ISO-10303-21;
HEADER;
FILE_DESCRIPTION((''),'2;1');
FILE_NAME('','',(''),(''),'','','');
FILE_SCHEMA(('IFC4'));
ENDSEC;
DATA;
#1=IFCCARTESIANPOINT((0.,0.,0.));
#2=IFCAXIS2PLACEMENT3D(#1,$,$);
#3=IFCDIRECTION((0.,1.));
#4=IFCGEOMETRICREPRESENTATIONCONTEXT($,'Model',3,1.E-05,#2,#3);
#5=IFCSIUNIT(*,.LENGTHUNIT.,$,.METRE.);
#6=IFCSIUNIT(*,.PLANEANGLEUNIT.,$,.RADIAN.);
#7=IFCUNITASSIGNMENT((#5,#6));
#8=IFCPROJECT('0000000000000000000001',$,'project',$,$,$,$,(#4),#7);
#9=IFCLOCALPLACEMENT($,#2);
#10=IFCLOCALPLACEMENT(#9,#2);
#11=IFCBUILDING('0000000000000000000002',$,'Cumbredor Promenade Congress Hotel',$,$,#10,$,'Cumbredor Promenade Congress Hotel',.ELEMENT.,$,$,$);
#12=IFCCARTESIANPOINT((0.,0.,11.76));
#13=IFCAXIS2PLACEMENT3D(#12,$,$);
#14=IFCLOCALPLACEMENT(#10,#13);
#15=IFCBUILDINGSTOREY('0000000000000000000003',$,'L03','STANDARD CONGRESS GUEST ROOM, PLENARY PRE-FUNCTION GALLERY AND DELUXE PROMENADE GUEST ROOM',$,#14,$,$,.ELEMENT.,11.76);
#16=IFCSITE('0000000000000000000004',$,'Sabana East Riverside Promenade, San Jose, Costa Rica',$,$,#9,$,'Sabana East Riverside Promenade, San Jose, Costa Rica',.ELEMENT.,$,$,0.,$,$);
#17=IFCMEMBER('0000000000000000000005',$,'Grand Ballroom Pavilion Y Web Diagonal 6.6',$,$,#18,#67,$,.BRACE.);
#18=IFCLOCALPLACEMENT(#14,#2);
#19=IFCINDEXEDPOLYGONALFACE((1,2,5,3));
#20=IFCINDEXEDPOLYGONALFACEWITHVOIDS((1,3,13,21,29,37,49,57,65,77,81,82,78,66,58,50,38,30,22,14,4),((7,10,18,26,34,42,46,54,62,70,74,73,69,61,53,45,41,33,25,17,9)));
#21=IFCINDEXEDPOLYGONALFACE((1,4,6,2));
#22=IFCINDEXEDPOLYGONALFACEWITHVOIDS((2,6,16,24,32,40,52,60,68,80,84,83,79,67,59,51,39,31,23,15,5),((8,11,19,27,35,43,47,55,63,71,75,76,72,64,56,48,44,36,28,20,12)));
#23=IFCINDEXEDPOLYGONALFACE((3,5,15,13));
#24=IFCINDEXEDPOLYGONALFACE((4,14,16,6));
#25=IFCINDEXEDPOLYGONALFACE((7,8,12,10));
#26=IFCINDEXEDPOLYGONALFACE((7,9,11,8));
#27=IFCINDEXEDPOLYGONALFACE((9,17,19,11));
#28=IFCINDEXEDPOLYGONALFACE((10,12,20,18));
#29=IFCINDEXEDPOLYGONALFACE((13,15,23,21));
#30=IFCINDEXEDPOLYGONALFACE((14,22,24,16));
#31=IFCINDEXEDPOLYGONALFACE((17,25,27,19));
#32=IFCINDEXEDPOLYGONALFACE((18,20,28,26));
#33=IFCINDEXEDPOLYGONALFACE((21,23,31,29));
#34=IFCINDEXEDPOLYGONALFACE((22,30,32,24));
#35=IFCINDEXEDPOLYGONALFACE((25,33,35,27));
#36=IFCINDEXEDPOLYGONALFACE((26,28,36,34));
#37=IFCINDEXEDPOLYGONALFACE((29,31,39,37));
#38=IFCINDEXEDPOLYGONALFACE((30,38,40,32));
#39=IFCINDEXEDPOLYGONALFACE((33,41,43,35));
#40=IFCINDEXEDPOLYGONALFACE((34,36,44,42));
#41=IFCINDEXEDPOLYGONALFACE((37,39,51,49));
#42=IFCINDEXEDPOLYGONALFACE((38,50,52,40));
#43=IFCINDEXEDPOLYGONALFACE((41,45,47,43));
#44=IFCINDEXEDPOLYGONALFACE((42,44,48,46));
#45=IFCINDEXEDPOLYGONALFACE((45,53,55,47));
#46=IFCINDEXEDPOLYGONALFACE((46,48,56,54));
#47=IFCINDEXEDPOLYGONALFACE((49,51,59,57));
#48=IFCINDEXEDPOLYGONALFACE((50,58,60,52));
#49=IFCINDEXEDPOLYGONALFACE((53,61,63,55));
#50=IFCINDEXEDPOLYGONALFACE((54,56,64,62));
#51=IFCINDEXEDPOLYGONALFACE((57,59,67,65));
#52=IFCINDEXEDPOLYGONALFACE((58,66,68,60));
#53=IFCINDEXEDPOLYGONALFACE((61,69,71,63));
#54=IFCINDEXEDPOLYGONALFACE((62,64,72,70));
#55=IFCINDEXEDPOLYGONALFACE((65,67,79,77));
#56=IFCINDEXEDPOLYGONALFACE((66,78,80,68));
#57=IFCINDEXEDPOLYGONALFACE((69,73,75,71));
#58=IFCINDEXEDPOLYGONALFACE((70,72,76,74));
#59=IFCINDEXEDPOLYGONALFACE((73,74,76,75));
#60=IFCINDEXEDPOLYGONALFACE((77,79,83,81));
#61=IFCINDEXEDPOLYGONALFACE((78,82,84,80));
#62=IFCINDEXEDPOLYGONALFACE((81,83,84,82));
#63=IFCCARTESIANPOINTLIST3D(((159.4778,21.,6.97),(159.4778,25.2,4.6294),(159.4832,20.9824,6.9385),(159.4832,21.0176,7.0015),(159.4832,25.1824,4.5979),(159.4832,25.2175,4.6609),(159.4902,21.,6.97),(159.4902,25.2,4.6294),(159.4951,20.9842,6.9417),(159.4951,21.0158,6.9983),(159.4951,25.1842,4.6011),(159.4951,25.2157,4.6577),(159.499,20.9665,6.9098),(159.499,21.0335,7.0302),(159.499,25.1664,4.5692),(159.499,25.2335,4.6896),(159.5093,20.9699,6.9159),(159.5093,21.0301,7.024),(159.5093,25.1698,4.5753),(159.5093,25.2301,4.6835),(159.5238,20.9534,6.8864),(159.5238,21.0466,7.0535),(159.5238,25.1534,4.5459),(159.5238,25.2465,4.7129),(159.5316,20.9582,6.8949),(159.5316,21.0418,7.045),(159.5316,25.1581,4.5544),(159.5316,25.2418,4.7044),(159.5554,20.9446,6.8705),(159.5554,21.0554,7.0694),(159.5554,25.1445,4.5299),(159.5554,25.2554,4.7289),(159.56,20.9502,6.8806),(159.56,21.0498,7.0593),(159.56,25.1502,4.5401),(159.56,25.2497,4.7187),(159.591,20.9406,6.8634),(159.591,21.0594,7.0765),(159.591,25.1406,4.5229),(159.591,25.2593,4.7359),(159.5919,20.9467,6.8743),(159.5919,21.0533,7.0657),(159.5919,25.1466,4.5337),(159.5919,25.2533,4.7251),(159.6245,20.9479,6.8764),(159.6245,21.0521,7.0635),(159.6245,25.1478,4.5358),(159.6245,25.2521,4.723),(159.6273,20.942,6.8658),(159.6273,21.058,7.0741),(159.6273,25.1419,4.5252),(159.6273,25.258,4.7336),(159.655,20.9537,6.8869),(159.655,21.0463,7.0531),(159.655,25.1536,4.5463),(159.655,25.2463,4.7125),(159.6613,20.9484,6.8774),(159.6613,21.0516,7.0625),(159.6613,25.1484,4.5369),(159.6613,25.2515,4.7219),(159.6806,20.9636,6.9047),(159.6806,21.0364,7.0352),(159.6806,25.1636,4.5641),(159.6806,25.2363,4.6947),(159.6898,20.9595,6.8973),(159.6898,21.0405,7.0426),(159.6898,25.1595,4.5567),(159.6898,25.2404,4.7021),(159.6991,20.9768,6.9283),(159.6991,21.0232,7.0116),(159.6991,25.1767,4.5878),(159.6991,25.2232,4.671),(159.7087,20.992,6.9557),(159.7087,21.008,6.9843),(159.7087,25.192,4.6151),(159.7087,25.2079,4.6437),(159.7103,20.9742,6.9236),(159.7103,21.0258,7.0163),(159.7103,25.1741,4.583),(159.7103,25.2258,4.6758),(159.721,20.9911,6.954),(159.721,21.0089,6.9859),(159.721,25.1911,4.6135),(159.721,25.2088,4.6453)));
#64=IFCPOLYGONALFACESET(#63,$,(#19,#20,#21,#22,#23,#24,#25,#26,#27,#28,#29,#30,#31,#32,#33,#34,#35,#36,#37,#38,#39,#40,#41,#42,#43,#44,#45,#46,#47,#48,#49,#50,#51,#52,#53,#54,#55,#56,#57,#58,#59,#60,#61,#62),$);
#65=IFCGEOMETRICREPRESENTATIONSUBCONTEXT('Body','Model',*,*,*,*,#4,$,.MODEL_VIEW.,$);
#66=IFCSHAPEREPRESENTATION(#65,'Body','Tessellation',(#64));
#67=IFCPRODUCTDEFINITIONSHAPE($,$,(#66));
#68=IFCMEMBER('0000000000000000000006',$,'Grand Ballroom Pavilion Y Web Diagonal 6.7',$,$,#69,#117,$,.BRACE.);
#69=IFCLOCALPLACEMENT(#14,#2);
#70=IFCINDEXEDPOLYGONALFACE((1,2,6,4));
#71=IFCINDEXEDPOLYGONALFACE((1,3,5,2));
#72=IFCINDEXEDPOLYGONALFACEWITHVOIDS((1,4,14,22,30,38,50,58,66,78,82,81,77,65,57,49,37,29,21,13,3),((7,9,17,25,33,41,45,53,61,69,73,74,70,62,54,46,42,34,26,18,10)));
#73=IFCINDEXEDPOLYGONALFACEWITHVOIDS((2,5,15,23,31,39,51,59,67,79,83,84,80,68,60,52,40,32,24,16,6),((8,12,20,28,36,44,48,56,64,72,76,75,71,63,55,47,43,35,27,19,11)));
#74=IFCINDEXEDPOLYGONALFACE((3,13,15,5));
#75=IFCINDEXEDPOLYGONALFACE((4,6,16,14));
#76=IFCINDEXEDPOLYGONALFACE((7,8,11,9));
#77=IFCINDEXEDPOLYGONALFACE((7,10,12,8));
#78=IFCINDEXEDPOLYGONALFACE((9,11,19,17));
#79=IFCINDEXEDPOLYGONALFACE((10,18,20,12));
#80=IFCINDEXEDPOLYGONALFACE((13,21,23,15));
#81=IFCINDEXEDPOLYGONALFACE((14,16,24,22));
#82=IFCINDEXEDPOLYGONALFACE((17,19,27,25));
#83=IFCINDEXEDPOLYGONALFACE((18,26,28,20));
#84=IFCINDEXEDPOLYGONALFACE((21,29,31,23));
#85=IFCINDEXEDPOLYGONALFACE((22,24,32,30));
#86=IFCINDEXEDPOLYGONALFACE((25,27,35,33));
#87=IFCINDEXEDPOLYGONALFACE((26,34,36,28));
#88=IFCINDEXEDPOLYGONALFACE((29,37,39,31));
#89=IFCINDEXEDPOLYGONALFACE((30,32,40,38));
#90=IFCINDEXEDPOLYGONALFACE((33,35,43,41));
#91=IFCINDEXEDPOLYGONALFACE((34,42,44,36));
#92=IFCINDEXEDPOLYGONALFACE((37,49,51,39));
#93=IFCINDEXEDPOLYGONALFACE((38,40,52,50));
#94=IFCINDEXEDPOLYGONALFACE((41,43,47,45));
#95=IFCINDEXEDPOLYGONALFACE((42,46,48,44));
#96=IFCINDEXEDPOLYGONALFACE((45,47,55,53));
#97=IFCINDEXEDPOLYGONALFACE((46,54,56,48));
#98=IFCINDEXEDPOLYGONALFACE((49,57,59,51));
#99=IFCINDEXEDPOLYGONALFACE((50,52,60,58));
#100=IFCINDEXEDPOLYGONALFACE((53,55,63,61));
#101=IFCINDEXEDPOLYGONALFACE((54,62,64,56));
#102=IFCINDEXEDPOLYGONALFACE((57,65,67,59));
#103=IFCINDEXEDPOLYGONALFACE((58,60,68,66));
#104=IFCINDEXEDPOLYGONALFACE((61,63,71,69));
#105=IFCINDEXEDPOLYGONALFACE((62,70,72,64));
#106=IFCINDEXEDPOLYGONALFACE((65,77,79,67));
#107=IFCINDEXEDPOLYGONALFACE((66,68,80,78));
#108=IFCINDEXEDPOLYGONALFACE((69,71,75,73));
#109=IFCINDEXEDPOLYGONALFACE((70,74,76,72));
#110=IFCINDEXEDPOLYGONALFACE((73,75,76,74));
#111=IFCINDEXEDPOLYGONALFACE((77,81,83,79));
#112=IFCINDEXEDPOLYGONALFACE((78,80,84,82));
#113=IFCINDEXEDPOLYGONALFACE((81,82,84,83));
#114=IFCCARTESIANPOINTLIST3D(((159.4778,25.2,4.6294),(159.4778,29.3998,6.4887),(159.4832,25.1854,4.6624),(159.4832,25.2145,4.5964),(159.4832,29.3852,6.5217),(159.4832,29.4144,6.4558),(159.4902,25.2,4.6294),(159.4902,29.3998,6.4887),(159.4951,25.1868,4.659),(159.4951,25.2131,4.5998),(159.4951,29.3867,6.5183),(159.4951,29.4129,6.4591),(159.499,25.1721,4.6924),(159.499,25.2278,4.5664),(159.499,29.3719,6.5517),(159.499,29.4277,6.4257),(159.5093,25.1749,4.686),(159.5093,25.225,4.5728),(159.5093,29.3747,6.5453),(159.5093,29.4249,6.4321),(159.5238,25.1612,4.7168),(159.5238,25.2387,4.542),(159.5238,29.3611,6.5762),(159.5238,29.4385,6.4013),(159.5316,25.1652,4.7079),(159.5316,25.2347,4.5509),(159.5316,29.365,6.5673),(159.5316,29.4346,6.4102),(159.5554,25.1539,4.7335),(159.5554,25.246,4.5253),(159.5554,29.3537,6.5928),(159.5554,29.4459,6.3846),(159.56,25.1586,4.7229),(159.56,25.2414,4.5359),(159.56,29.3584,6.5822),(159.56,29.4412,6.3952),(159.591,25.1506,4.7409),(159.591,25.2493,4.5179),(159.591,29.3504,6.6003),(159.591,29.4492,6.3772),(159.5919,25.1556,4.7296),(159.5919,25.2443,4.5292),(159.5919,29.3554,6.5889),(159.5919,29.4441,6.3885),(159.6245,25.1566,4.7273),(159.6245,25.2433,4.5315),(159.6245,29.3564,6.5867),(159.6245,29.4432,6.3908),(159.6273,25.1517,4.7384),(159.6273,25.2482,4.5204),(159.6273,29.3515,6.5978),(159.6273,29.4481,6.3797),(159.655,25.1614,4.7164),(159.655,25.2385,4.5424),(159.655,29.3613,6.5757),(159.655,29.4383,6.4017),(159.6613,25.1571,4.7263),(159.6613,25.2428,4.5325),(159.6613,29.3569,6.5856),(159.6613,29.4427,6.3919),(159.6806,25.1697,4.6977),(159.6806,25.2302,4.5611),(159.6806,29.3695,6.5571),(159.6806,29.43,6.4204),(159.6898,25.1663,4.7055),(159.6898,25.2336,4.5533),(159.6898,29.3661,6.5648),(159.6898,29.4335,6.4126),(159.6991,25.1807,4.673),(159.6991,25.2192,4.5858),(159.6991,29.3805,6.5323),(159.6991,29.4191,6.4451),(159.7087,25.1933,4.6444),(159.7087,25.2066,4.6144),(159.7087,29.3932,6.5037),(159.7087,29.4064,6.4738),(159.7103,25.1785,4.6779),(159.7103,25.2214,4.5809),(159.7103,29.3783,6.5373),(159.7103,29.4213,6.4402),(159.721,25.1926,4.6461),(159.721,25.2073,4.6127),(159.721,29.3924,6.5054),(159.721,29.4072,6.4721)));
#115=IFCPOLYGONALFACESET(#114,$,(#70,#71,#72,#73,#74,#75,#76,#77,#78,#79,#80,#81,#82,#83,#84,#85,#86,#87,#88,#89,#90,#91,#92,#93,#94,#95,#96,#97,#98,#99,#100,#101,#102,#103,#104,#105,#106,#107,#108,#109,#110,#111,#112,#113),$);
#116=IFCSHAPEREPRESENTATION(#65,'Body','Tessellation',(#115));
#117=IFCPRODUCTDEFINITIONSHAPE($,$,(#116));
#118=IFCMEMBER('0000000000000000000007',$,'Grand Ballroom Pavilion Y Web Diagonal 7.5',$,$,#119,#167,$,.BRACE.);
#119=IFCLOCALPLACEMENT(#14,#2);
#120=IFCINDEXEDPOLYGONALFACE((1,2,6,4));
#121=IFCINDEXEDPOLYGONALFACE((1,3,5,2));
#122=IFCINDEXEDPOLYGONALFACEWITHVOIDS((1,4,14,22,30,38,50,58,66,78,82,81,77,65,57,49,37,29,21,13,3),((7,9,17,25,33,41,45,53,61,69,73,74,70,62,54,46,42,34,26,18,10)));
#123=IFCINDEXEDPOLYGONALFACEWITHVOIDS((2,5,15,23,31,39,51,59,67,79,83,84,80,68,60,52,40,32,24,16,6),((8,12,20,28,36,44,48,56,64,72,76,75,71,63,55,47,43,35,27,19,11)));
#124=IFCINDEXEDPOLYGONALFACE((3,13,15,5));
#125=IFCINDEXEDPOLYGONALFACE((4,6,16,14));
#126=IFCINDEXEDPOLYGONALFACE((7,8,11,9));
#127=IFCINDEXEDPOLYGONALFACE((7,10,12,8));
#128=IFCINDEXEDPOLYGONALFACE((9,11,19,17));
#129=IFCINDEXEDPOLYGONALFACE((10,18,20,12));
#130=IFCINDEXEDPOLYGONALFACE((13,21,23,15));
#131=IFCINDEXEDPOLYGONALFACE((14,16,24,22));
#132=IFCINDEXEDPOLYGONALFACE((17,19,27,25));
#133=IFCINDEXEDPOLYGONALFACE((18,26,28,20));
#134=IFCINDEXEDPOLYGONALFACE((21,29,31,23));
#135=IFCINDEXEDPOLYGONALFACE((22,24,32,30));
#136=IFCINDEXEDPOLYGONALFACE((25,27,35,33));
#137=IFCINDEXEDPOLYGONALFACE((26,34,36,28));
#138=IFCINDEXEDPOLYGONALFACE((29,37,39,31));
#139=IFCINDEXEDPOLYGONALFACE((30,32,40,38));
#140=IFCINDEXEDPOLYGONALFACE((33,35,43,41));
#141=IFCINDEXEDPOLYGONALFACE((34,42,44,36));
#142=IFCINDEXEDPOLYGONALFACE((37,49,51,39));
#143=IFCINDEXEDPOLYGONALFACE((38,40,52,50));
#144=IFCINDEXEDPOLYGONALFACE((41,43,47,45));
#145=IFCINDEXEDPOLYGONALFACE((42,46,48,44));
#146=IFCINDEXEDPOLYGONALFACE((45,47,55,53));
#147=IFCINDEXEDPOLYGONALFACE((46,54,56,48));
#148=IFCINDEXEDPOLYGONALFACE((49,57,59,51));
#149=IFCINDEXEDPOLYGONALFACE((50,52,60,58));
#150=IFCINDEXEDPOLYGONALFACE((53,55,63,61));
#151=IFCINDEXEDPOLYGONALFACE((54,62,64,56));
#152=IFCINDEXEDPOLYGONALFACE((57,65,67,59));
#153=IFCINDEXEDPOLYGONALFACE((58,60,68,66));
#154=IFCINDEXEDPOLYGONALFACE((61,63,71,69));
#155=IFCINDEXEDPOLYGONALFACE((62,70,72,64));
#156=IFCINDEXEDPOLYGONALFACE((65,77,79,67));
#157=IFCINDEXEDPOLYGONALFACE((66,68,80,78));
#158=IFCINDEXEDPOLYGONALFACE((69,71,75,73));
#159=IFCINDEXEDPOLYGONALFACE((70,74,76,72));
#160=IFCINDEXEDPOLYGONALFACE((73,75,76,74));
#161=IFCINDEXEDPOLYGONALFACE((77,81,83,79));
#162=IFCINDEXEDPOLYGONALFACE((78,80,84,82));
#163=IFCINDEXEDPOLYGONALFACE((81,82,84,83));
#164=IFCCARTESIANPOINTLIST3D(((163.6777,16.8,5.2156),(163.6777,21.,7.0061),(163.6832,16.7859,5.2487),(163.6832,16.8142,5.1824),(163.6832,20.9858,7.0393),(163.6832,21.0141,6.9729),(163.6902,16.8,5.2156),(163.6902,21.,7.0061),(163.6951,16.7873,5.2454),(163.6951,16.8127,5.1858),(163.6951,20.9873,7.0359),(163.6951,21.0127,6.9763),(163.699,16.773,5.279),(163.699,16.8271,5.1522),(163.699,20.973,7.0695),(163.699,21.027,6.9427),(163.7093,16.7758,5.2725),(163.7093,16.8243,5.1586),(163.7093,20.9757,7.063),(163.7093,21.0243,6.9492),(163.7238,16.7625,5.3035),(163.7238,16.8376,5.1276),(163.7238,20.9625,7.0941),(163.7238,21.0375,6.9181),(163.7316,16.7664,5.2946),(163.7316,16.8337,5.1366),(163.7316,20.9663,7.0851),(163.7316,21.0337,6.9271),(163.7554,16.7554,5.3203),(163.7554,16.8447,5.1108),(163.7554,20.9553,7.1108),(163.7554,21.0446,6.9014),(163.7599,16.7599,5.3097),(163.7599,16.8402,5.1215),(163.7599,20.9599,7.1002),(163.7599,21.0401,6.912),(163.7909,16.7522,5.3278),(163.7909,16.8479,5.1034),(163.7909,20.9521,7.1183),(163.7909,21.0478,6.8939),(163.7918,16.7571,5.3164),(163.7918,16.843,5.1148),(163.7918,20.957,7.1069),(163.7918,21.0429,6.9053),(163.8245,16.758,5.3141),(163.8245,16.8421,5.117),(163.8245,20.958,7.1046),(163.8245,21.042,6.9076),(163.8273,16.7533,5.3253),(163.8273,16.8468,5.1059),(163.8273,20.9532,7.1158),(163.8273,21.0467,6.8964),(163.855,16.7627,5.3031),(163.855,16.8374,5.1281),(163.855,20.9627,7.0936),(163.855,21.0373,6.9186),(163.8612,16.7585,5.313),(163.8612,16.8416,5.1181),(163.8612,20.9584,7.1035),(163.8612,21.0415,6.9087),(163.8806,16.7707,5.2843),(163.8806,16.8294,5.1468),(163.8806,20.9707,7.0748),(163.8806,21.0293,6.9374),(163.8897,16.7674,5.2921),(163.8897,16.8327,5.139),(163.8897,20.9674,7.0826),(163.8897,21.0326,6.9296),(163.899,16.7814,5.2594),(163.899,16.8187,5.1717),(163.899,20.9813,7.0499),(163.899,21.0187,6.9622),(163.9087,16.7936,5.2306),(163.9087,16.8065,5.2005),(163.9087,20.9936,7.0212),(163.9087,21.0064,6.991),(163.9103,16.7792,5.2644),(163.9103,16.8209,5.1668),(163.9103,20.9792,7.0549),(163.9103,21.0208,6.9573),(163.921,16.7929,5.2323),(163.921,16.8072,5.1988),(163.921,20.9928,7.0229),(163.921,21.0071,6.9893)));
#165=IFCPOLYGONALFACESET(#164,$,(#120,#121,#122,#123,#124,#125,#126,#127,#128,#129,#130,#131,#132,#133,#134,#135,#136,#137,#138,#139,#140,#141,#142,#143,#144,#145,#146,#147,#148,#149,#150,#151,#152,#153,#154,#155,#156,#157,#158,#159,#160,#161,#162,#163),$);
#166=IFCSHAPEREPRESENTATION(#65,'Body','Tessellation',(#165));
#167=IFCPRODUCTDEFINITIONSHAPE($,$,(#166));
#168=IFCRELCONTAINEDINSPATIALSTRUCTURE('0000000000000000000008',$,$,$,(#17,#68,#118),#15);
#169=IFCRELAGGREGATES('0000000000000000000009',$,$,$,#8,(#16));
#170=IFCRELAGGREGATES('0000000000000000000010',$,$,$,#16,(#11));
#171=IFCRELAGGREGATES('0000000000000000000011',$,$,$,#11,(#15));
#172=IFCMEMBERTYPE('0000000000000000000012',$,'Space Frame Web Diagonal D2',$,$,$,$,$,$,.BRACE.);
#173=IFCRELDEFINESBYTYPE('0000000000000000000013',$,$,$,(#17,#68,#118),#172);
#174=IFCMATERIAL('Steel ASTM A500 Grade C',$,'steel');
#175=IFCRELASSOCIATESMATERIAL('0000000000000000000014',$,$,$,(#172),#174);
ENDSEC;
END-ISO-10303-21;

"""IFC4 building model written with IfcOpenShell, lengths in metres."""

from ifc_helpers import new_model, si_unit, direction, frame, origin, origin_2d, place, context, subcontext, project, spatial, hollow_circle, extrude, material, material_profile, profile_set, type_object, element, save


model = new_model("IFC4")

# Units and contexts
model_context = context("Model", 3, precision=1e-05, world=origin(), true_north=direction((0.0, 1.0)))
body_context = subcontext(model_context, "Body", "Model", "MODEL_VIEW")
ifc_project = project(units=[si_unit("LENGTHUNIT", "METRE"), si_unit("PLANEANGLEUNIT", "RADIAN")], contexts=[model_context])

# Site, building, storey
site_placement = place(None, origin())
site = spatial("IfcSite", under=ifc_project, at=site_placement, Name="Sabana East Riverside Promenade, San Jose, Costa Rica", LongName="Sabana East Riverside Promenade, San Jose, Costa Rica", CompositionType="ELEMENT", RefElevation=0.0)
building_placement = place(site_placement, origin())
building = spatial("IfcBuilding", under=site, at=building_placement, Name="Cumbredor Promenade Congress Hotel", LongName="Cumbredor Promenade Congress Hotel", CompositionType="ELEMENT")
storey_placement = place(building_placement, frame((0.0, 0.0, 11.76)))
storey = spatial("IfcBuildingStorey", under=building, at=storey_placement, Name="L03", Description="STANDARD CONGRESS GUEST ROOM, PLENARY PRE-FUNCTION GALLERY AND DELUXE PROMENADE GUEST ROOM", CompositionType="ELEMENT", Elevation=11.76)

# Members
ifc_material_1 = material(Name="Steel ASTM A500 Grade C", Category="steel")
ifc_material_profile_1 = material_profile(ifc_material_1, hollow_circle(Radius=0.1223, WallThickness=0.0125, at=origin_2d()), Name="CHS 244.5x12.5")
ifc_profile_set_1 = profile_set([ifc_material_profile_1], Name="Steel ASTM A500 Grade C")
member_type_1 = type_object("IfcMemberType", Name="Space Frame Web Diagonal D2", PredefinedType="BRACE", material=ifc_profile_set_1)
member_1_placement = place(storey_placement, frame((159.6001, 21.0, 6.97), z_axis=(0.0, 0.873515, -0.486798), x_axis=(-1.0, 0.0, 0.0)))
element("IfcMember", 1, at=member_1_placement, inside=storey, type_object=member_type_1, Name="Grand Ballroom Pavilion Y Web Diagonal 6.6", PredefinedType="BRACE", context=body_context, shape_type="SweptSolid", body=[
    extrude(hollow_circle(Radius=0.1223, WallThickness=0.0125, at=origin_2d()), origin(), (0.0, 0.0, 1.0), 4.8081),
])
member_2_placement = place(storey_placement, frame((159.6001, 25.2, 4.6294), z_axis=(0.0, 0.914398, 0.404816), x_axis=(-1.0, 0.0, 0.0)))
element("IfcMember", 2, at=member_2_placement, inside=storey, type_object=member_type_1, Name="Grand Ballroom Pavilion Y Web Diagonal 6.7", PredefinedType="BRACE", context=body_context, shape_type="SweptSolid", body=[
    extrude(hollow_circle(Radius=0.1223, WallThickness=0.0125, at=origin_2d()), origin(), (0.0, 0.0, 1.0), 4.593),
])
member_3_placement = place(storey_placement, frame((163.8, 16.8, 5.2156), z_axis=(0.0, 0.919893, 0.39217), x_axis=(-1.0, 0.0, 0.0)))
element("IfcMember", 3, at=member_3_placement, inside=storey, type_object=member_type_1, Name="Grand Ballroom Pavilion Y Web Diagonal 7.5", PredefinedType="BRACE", context=body_context, shape_type="SweptSolid", body=[
    extrude(hollow_circle(Radius=0.1223, WallThickness=0.0125, at=origin_2d()), origin(), (0.0, 0.0, 1.0), 4.5657),
])

save(model, "model.ifc")
